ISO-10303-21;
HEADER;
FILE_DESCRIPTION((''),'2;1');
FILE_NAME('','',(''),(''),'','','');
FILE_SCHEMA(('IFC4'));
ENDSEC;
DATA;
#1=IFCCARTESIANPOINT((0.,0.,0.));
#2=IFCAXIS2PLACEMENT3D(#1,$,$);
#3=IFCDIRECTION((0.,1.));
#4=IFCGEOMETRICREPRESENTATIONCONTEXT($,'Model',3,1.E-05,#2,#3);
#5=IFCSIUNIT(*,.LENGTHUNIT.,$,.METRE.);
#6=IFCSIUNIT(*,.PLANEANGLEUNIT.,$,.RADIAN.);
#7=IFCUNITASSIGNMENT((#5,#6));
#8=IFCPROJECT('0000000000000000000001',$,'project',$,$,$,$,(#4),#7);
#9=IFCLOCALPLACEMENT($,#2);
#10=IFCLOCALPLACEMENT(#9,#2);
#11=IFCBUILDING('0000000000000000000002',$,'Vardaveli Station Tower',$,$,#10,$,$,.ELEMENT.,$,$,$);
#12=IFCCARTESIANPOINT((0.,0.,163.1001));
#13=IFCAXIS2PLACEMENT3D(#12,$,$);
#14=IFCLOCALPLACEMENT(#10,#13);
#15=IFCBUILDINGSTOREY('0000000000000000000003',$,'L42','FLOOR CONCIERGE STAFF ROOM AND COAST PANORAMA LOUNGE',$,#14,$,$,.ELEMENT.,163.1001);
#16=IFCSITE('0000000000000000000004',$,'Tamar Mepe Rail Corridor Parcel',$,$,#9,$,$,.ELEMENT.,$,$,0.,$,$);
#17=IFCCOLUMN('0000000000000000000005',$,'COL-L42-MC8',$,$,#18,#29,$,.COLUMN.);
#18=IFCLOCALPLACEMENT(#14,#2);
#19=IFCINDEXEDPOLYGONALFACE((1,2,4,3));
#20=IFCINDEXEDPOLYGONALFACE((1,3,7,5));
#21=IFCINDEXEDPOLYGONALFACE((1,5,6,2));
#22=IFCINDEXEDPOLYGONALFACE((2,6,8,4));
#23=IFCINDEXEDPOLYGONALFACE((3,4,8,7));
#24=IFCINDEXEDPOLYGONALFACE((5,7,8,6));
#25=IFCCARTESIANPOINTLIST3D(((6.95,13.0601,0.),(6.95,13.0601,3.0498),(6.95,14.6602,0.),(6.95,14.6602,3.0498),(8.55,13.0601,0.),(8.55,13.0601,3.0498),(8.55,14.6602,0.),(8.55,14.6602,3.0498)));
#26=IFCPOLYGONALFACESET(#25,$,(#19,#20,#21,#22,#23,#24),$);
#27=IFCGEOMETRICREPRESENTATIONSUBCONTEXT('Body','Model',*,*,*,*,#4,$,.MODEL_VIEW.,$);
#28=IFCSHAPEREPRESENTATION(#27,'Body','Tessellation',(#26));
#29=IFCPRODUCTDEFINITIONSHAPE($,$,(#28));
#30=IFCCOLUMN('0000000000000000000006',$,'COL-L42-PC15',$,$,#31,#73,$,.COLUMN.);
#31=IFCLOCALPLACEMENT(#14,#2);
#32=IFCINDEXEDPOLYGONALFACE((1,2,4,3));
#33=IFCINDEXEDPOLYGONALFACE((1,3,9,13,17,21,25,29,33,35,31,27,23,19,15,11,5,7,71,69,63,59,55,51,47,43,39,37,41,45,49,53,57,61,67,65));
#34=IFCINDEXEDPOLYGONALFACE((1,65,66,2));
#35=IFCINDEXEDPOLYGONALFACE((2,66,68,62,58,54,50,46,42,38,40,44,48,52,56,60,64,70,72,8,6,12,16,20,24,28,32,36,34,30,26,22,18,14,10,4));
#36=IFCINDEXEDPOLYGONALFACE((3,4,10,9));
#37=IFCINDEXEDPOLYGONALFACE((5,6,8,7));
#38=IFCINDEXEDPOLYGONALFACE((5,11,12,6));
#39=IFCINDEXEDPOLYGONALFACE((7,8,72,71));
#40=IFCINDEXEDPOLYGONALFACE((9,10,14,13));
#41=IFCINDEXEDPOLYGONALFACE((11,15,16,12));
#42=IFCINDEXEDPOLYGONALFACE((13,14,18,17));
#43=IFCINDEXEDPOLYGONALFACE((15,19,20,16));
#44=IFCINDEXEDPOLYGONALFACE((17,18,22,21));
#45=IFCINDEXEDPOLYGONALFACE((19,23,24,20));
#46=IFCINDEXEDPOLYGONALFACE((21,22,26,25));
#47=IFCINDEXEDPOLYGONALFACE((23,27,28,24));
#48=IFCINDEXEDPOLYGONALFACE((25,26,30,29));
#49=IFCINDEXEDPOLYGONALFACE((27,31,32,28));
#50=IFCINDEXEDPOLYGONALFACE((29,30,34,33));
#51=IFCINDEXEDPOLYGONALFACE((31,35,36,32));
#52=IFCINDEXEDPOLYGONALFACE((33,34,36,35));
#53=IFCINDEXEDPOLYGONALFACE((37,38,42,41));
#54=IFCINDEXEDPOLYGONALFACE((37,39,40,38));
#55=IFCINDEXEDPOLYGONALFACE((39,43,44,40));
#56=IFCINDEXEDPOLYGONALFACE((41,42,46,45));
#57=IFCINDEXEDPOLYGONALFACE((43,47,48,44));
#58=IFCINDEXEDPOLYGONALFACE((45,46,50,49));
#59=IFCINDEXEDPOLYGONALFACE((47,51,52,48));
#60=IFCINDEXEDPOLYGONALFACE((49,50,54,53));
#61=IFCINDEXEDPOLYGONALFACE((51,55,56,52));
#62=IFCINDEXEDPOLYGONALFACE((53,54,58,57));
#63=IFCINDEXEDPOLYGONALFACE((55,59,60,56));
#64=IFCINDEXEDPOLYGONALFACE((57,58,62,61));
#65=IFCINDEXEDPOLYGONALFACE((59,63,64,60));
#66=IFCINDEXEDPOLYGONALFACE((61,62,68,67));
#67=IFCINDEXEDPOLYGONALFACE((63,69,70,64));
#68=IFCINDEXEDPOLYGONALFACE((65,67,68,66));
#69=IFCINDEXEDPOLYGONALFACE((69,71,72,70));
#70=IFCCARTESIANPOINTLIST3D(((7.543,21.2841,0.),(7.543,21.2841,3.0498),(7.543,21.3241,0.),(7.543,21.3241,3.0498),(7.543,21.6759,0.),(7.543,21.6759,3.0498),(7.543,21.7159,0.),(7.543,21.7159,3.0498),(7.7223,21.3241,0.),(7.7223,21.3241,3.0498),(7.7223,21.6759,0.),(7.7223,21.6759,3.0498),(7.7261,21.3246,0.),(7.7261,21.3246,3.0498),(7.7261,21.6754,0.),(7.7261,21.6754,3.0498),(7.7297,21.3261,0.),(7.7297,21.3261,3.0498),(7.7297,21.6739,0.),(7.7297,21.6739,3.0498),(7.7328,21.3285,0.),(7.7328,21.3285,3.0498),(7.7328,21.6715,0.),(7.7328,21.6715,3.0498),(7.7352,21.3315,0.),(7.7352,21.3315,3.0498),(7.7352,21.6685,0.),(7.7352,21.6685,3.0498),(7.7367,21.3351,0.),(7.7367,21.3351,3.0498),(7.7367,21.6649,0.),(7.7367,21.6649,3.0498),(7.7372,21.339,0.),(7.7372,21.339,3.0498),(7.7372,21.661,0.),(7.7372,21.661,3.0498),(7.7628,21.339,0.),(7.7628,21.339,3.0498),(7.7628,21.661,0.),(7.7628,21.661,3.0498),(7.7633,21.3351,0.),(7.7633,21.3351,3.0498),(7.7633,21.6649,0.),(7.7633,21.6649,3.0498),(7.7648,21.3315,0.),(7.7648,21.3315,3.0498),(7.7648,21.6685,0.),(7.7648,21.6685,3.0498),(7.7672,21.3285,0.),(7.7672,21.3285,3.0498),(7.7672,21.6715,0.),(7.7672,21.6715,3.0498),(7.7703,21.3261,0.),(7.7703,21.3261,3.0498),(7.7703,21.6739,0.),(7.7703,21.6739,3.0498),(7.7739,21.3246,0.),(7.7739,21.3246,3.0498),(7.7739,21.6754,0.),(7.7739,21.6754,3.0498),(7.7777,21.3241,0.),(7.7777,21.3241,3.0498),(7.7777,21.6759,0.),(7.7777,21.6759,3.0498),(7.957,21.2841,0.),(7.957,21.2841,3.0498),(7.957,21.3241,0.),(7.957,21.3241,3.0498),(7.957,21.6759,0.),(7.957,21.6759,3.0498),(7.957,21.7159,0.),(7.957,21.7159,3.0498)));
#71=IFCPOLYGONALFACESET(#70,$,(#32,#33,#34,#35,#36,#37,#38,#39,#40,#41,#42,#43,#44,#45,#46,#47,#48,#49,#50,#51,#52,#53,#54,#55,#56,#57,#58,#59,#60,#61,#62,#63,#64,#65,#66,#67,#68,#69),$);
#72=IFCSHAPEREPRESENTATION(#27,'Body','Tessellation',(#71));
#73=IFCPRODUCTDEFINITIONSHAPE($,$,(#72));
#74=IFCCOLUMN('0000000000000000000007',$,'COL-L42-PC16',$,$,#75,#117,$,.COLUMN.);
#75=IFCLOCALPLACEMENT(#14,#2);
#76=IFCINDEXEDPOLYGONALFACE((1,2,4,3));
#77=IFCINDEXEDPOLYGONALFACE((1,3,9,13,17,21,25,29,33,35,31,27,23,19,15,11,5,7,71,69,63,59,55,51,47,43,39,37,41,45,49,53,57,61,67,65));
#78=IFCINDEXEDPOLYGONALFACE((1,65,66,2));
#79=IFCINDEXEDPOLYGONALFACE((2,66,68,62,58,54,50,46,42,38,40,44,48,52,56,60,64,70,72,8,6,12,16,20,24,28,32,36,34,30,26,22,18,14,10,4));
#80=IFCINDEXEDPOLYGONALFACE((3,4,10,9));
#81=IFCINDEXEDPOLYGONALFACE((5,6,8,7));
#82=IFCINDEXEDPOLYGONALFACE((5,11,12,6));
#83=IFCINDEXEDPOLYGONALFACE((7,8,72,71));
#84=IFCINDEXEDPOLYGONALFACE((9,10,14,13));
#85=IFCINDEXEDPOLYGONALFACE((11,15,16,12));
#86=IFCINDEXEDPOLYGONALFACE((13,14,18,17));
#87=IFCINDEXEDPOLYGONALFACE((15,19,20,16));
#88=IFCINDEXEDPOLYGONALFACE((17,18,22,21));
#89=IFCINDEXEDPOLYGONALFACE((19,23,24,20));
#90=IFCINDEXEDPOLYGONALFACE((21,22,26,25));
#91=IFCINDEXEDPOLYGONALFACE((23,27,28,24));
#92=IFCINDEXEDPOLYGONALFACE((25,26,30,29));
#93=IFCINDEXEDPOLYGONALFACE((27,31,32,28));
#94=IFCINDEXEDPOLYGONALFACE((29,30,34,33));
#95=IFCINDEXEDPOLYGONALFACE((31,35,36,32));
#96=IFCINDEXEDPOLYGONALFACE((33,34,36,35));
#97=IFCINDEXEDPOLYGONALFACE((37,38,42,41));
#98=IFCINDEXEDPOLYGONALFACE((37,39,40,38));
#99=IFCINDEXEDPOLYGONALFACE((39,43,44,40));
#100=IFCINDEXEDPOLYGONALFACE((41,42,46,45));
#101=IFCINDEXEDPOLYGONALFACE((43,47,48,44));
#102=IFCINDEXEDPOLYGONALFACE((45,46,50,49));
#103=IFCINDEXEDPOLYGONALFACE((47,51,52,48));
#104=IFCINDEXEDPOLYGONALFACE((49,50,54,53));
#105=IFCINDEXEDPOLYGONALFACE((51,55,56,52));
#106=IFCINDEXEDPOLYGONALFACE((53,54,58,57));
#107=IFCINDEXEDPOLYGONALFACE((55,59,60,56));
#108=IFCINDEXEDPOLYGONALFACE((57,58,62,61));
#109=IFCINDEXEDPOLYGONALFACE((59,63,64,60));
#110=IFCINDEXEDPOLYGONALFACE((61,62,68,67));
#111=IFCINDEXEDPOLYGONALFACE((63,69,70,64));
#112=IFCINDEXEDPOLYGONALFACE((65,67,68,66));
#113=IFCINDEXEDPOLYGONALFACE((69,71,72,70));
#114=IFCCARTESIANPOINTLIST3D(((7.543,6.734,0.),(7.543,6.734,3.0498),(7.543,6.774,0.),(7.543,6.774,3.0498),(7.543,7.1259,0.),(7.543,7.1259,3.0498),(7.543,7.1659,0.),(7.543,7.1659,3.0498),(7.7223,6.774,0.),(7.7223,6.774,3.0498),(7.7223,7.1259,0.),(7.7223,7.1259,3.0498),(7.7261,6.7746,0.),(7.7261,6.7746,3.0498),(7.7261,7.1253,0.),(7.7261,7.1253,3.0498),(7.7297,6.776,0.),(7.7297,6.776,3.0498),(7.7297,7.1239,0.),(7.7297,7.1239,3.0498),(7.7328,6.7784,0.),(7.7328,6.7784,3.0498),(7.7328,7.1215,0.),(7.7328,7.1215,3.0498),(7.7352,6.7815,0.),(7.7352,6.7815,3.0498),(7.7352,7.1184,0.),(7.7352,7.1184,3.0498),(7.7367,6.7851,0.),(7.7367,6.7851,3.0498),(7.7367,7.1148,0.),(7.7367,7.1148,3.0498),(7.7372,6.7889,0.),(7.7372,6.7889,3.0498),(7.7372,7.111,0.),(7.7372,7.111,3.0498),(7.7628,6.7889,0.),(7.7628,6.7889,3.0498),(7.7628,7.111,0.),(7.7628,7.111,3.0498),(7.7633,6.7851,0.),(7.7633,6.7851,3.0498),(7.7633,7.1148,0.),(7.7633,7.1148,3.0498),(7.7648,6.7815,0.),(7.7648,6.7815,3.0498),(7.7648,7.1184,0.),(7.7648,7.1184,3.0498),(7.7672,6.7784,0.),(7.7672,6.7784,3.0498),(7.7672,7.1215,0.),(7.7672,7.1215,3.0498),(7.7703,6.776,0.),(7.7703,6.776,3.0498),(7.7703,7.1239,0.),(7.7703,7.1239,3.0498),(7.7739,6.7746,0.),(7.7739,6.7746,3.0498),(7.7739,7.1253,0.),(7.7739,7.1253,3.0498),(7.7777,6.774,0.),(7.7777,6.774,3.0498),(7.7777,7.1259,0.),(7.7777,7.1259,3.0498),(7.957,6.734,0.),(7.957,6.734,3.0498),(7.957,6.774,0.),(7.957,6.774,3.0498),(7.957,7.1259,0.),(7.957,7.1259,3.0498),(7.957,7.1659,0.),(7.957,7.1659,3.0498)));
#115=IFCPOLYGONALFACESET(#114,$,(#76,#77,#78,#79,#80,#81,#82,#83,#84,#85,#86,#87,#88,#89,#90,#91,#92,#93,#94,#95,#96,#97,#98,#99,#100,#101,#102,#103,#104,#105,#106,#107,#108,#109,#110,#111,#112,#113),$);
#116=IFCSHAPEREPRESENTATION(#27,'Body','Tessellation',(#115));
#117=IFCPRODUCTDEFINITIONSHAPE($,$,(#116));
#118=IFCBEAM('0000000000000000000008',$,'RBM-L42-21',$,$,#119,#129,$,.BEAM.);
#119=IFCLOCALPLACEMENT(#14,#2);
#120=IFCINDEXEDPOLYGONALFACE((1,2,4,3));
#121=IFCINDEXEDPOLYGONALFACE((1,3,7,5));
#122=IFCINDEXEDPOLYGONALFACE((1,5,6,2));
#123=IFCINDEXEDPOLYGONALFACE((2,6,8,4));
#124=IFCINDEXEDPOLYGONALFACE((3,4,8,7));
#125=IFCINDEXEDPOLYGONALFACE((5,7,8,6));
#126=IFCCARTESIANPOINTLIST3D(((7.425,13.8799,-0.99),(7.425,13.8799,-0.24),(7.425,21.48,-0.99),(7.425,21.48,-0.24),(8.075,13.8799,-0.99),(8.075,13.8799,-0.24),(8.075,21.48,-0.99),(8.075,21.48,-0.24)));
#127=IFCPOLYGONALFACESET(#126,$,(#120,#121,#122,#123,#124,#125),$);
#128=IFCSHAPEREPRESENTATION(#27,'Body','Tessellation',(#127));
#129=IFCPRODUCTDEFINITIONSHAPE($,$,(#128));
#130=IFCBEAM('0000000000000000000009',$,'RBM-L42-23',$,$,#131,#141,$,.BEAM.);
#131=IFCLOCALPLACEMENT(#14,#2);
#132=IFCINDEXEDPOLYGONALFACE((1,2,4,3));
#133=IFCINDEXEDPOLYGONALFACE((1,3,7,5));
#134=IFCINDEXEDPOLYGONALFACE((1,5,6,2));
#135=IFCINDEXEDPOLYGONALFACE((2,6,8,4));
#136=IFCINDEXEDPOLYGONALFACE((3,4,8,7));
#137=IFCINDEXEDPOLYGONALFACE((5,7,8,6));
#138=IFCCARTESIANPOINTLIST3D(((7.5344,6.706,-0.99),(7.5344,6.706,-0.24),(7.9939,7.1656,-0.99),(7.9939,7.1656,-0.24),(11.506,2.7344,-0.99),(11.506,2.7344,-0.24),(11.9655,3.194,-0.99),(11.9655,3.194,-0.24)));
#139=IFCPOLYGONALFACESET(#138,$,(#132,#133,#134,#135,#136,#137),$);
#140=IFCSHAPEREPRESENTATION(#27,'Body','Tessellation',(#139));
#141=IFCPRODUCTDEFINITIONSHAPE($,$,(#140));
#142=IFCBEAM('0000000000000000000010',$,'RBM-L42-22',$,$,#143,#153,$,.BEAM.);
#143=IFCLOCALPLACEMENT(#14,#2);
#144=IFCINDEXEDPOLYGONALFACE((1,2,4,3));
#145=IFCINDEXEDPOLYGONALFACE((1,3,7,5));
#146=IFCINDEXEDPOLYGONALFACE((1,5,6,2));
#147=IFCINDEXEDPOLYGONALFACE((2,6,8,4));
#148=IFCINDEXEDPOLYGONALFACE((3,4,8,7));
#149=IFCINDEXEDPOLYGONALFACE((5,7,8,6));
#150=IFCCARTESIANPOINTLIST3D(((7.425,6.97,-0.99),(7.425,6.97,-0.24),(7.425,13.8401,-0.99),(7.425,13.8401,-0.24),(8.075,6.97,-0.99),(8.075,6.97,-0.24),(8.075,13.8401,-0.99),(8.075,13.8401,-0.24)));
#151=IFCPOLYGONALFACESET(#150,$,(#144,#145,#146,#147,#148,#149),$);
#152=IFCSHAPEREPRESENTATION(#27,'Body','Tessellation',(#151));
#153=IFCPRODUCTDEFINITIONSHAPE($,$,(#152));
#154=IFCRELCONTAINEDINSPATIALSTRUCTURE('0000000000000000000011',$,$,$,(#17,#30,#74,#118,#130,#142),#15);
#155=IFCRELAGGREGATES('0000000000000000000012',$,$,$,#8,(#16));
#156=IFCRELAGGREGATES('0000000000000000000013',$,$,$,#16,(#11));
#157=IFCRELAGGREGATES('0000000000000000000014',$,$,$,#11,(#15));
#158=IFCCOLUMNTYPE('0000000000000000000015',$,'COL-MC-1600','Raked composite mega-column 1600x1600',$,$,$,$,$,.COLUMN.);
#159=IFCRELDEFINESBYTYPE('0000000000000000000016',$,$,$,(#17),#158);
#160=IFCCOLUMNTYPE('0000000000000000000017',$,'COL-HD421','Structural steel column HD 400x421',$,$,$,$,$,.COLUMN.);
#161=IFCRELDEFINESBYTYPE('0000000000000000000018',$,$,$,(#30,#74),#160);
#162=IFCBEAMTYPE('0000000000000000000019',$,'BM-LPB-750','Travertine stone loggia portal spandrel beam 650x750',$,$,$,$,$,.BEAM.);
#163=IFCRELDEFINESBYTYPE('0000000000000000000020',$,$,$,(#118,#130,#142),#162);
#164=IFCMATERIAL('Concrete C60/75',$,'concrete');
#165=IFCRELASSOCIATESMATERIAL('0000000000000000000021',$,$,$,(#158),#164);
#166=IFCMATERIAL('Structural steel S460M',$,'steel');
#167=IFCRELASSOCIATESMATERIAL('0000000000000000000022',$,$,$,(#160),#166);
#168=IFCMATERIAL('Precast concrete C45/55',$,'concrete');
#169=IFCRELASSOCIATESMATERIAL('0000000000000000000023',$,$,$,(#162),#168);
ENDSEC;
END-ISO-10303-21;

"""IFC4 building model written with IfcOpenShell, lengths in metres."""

from ifc_helpers import new_model, si_unit, direction, frame, origin, origin_2d, place, context, subcontext, project, spatial, rectangle, i_section, extrude, source, transform, mapped, material, material_profile, profile_set, type_object, element, save


model = new_model("IFC4")

# Units and contexts
model_context = context("Model", 3, precision=1e-05, world=origin(), true_north=direction((0.0, 1.0)))
body_context = subcontext(model_context, "Body", "Model", "MODEL_VIEW")
ifc_project = project(units=[si_unit("LENGTHUNIT", "METRE"), si_unit("PLANEANGLEUNIT", "RADIAN")], contexts=[model_context])

# Site, building, storey
site_placement = place(None, origin())
site = spatial("IfcSite", under=ifc_project, at=site_placement, Name="Tamar Mepe Rail Corridor Parcel", CompositionType="ELEMENT", RefElevation=0.0)
building_placement = place(site_placement, origin())
building = spatial("IfcBuilding", under=site, at=building_placement, Name="Vardaveli Station Tower", CompositionType="ELEMENT")
storey_placement = place(building_placement, frame((0.0, 0.0, 163.1001)))
storey = spatial("IfcBuildingStorey", under=building, at=storey_placement, Name="L42", Description="FLOOR CONCIERGE STAFF ROOM AND COAST PANORAMA LOUNGE", CompositionType="ELEMENT", Elevation=163.1001)

# Columns
ifc_material_1 = material(Name="Concrete C60/75", Category="concrete")
ifc_material_profile_1 = material_profile(ifc_material_1, rectangle(XDim=1.6001, YDim=1.6001, at=origin_2d()), Name="MC 1600x1600")
ifc_profile_set_1 = profile_set([ifc_material_profile_1], Name="Concrete C60/75")
column_type_1 = type_object("IfcColumnType", Name="COL-MC-1600", Description="Raked composite mega-column 1600x1600", PredefinedType="COLUMN", material=ifc_profile_set_1)
shared_shape_1 = source(origin(), body_context, "Body", "SweptSolid", [
    extrude(rectangle(XDim=1.6001, YDim=1.6001, at=origin_2d()), origin(), (0.0, 0.0, 1.0), 3.0498),
])
column_placement = place(storey_placement, frame((7.75, 13.8601, 0.0), z_axis=(0.0, 0.0, 1.0), x_axis=(1.0, 0.0, 0.0)))
element("IfcColumn", 1, at=column_placement, inside=storey, type_object=column_type_1, Name="COL-L42-MC8", PredefinedType="COLUMN", context=body_context, shape_type="MappedRepresentation", body=[
    mapped(shared_shape_1, transform((0.0, 0.0, 0.0), scale=1.0)),
])
ifc_material_2 = material(Name="Structural steel S460M", Category="steel")
ifc_material_profile_2 = material_profile(ifc_material_2, i_section(OverallWidth=0.4141, OverallDepth=0.4319, WebThickness=0.0256, FlangeThickness=0.04, FilletRadius=0.0149, at=origin_2d()), Name="HD 400x421")
ifc_profile_set_2 = profile_set([ifc_material_profile_2], Name="Structural steel S460M")
column_type_2 = type_object("IfcColumnType", Name="COL-HD421", Description="Structural steel column HD 400x421", PredefinedType="COLUMN", material=ifc_profile_set_2)
shared_shape_2 = source(origin(), body_context, "Body", "SweptSolid", [
    extrude(i_section(OverallWidth=0.4141, OverallDepth=0.4319, WebThickness=0.0256, FlangeThickness=0.04, FilletRadius=0.0149, at=origin_2d()), origin(), (0.0, 0.0, 1.0), 3.0498),
])
for number, where, z_axis, x_axis, name in (
    (2, (7.75, 21.5, 0.0), (0.0, 0.0, 1.0), (1.0, 0.0, 0.0), "COL-L42-PC15"),
    (3, (7.75, 6.95, 0.0), (0.0, 0.0, 1.0), (1.0, 0.0, 0.0), "COL-L42-PC16"),
):
    element("IfcColumn", number, at=place(storey_placement, frame(where, z_axis=z_axis, x_axis=x_axis)), inside=storey, type_object=column_type_2, Name=name, PredefinedType="COLUMN", context=body_context, shape_type="MappedRepresentation", body=[
        mapped(shared_shape_2, transform((0.0, 0.0, 0.0), scale=1.0)),
    ])

# Beams
ifc_material_3 = material(Name="Precast concrete C45/55", Category="concrete")
ifc_material_profile_3 = material_profile(ifc_material_3, rectangle(XDim=0.6499, YDim=0.75, at=origin_2d()), Name="LPB 650x750")
ifc_profile_set_3 = profile_set([ifc_material_profile_3], Name="Precast concrete C45/55")
beam_type_1 = type_object("IfcBeamType", Name="BM-LPB-750", Description="Travertine stone loggia portal spandrel beam 650x750", PredefinedType="BEAM", material=ifc_profile_set_3)
shared_shape_3 = source(origin(), body_context, "Body", "SweptSolid", [
    extrude(rectangle(XDim=0.6499, YDim=0.75, at=origin_2d()), origin(), (0.0, 0.0, 1.0), 7.6001),
])
beam_1_placement = place(storey_placement, frame((7.75, 21.48, -0.615), z_axis=(0.0, -1.0, 0.0), x_axis=(1.0, 0.0, 0.0)))
element("IfcBeam", 4, at=beam_1_placement, inside=storey, type_object=beam_type_1, Name="RBM-L42-21", PredefinedType="BEAM", context=body_context, shape_type="MappedRepresentation", body=[
    mapped(shared_shape_3, transform((0.0, 0.0, 0.0), scale=1.0)),
])
shared_shape_4 = source(origin(), body_context, "Body", "SweptSolid", [
    extrude(rectangle(XDim=0.6499, YDim=0.75, at=origin_2d()), origin(), (0.0, 0.0, 1.0), 5.6167),
])
beam_2_placement = place(storey_placement, frame((7.7642, 6.9358, -0.615), z_axis=(0.707107, -0.707107, 0.0), x_axis=(0.707107, 0.707107, 0.0)))
element("IfcBeam", 5, at=beam_2_placement, inside=storey, type_object=beam_type_1, Name="RBM-L42-23", PredefinedType="BEAM", context=body_context, shape_type="MappedRepresentation", body=[
    mapped(shared_shape_4, transform((0.0, 0.0, 0.0), scale=1.0)),
])
shared_shape_5 = source(origin(), body_context, "Body", "SweptSolid", [
    extrude(rectangle(XDim=0.6499, YDim=0.75, at=origin_2d()), origin(), (0.0, 0.0, 1.0), 6.8701),
])
beam_3_placement = place(storey_placement, frame((7.75, 13.8401, -0.615), z_axis=(0.0, -1.0, 0.0), x_axis=(1.0, 0.0, 0.0)))
element("IfcBeam", 6, at=beam_3_placement, inside=storey, type_object=beam_type_1, Name="RBM-L42-22", PredefinedType="BEAM", context=body_context, shape_type="MappedRepresentation", body=[
    mapped(shared_shape_5, transform((0.0, 0.0, 0.0), scale=1.0)),
])

save(model, "model.ifc")
